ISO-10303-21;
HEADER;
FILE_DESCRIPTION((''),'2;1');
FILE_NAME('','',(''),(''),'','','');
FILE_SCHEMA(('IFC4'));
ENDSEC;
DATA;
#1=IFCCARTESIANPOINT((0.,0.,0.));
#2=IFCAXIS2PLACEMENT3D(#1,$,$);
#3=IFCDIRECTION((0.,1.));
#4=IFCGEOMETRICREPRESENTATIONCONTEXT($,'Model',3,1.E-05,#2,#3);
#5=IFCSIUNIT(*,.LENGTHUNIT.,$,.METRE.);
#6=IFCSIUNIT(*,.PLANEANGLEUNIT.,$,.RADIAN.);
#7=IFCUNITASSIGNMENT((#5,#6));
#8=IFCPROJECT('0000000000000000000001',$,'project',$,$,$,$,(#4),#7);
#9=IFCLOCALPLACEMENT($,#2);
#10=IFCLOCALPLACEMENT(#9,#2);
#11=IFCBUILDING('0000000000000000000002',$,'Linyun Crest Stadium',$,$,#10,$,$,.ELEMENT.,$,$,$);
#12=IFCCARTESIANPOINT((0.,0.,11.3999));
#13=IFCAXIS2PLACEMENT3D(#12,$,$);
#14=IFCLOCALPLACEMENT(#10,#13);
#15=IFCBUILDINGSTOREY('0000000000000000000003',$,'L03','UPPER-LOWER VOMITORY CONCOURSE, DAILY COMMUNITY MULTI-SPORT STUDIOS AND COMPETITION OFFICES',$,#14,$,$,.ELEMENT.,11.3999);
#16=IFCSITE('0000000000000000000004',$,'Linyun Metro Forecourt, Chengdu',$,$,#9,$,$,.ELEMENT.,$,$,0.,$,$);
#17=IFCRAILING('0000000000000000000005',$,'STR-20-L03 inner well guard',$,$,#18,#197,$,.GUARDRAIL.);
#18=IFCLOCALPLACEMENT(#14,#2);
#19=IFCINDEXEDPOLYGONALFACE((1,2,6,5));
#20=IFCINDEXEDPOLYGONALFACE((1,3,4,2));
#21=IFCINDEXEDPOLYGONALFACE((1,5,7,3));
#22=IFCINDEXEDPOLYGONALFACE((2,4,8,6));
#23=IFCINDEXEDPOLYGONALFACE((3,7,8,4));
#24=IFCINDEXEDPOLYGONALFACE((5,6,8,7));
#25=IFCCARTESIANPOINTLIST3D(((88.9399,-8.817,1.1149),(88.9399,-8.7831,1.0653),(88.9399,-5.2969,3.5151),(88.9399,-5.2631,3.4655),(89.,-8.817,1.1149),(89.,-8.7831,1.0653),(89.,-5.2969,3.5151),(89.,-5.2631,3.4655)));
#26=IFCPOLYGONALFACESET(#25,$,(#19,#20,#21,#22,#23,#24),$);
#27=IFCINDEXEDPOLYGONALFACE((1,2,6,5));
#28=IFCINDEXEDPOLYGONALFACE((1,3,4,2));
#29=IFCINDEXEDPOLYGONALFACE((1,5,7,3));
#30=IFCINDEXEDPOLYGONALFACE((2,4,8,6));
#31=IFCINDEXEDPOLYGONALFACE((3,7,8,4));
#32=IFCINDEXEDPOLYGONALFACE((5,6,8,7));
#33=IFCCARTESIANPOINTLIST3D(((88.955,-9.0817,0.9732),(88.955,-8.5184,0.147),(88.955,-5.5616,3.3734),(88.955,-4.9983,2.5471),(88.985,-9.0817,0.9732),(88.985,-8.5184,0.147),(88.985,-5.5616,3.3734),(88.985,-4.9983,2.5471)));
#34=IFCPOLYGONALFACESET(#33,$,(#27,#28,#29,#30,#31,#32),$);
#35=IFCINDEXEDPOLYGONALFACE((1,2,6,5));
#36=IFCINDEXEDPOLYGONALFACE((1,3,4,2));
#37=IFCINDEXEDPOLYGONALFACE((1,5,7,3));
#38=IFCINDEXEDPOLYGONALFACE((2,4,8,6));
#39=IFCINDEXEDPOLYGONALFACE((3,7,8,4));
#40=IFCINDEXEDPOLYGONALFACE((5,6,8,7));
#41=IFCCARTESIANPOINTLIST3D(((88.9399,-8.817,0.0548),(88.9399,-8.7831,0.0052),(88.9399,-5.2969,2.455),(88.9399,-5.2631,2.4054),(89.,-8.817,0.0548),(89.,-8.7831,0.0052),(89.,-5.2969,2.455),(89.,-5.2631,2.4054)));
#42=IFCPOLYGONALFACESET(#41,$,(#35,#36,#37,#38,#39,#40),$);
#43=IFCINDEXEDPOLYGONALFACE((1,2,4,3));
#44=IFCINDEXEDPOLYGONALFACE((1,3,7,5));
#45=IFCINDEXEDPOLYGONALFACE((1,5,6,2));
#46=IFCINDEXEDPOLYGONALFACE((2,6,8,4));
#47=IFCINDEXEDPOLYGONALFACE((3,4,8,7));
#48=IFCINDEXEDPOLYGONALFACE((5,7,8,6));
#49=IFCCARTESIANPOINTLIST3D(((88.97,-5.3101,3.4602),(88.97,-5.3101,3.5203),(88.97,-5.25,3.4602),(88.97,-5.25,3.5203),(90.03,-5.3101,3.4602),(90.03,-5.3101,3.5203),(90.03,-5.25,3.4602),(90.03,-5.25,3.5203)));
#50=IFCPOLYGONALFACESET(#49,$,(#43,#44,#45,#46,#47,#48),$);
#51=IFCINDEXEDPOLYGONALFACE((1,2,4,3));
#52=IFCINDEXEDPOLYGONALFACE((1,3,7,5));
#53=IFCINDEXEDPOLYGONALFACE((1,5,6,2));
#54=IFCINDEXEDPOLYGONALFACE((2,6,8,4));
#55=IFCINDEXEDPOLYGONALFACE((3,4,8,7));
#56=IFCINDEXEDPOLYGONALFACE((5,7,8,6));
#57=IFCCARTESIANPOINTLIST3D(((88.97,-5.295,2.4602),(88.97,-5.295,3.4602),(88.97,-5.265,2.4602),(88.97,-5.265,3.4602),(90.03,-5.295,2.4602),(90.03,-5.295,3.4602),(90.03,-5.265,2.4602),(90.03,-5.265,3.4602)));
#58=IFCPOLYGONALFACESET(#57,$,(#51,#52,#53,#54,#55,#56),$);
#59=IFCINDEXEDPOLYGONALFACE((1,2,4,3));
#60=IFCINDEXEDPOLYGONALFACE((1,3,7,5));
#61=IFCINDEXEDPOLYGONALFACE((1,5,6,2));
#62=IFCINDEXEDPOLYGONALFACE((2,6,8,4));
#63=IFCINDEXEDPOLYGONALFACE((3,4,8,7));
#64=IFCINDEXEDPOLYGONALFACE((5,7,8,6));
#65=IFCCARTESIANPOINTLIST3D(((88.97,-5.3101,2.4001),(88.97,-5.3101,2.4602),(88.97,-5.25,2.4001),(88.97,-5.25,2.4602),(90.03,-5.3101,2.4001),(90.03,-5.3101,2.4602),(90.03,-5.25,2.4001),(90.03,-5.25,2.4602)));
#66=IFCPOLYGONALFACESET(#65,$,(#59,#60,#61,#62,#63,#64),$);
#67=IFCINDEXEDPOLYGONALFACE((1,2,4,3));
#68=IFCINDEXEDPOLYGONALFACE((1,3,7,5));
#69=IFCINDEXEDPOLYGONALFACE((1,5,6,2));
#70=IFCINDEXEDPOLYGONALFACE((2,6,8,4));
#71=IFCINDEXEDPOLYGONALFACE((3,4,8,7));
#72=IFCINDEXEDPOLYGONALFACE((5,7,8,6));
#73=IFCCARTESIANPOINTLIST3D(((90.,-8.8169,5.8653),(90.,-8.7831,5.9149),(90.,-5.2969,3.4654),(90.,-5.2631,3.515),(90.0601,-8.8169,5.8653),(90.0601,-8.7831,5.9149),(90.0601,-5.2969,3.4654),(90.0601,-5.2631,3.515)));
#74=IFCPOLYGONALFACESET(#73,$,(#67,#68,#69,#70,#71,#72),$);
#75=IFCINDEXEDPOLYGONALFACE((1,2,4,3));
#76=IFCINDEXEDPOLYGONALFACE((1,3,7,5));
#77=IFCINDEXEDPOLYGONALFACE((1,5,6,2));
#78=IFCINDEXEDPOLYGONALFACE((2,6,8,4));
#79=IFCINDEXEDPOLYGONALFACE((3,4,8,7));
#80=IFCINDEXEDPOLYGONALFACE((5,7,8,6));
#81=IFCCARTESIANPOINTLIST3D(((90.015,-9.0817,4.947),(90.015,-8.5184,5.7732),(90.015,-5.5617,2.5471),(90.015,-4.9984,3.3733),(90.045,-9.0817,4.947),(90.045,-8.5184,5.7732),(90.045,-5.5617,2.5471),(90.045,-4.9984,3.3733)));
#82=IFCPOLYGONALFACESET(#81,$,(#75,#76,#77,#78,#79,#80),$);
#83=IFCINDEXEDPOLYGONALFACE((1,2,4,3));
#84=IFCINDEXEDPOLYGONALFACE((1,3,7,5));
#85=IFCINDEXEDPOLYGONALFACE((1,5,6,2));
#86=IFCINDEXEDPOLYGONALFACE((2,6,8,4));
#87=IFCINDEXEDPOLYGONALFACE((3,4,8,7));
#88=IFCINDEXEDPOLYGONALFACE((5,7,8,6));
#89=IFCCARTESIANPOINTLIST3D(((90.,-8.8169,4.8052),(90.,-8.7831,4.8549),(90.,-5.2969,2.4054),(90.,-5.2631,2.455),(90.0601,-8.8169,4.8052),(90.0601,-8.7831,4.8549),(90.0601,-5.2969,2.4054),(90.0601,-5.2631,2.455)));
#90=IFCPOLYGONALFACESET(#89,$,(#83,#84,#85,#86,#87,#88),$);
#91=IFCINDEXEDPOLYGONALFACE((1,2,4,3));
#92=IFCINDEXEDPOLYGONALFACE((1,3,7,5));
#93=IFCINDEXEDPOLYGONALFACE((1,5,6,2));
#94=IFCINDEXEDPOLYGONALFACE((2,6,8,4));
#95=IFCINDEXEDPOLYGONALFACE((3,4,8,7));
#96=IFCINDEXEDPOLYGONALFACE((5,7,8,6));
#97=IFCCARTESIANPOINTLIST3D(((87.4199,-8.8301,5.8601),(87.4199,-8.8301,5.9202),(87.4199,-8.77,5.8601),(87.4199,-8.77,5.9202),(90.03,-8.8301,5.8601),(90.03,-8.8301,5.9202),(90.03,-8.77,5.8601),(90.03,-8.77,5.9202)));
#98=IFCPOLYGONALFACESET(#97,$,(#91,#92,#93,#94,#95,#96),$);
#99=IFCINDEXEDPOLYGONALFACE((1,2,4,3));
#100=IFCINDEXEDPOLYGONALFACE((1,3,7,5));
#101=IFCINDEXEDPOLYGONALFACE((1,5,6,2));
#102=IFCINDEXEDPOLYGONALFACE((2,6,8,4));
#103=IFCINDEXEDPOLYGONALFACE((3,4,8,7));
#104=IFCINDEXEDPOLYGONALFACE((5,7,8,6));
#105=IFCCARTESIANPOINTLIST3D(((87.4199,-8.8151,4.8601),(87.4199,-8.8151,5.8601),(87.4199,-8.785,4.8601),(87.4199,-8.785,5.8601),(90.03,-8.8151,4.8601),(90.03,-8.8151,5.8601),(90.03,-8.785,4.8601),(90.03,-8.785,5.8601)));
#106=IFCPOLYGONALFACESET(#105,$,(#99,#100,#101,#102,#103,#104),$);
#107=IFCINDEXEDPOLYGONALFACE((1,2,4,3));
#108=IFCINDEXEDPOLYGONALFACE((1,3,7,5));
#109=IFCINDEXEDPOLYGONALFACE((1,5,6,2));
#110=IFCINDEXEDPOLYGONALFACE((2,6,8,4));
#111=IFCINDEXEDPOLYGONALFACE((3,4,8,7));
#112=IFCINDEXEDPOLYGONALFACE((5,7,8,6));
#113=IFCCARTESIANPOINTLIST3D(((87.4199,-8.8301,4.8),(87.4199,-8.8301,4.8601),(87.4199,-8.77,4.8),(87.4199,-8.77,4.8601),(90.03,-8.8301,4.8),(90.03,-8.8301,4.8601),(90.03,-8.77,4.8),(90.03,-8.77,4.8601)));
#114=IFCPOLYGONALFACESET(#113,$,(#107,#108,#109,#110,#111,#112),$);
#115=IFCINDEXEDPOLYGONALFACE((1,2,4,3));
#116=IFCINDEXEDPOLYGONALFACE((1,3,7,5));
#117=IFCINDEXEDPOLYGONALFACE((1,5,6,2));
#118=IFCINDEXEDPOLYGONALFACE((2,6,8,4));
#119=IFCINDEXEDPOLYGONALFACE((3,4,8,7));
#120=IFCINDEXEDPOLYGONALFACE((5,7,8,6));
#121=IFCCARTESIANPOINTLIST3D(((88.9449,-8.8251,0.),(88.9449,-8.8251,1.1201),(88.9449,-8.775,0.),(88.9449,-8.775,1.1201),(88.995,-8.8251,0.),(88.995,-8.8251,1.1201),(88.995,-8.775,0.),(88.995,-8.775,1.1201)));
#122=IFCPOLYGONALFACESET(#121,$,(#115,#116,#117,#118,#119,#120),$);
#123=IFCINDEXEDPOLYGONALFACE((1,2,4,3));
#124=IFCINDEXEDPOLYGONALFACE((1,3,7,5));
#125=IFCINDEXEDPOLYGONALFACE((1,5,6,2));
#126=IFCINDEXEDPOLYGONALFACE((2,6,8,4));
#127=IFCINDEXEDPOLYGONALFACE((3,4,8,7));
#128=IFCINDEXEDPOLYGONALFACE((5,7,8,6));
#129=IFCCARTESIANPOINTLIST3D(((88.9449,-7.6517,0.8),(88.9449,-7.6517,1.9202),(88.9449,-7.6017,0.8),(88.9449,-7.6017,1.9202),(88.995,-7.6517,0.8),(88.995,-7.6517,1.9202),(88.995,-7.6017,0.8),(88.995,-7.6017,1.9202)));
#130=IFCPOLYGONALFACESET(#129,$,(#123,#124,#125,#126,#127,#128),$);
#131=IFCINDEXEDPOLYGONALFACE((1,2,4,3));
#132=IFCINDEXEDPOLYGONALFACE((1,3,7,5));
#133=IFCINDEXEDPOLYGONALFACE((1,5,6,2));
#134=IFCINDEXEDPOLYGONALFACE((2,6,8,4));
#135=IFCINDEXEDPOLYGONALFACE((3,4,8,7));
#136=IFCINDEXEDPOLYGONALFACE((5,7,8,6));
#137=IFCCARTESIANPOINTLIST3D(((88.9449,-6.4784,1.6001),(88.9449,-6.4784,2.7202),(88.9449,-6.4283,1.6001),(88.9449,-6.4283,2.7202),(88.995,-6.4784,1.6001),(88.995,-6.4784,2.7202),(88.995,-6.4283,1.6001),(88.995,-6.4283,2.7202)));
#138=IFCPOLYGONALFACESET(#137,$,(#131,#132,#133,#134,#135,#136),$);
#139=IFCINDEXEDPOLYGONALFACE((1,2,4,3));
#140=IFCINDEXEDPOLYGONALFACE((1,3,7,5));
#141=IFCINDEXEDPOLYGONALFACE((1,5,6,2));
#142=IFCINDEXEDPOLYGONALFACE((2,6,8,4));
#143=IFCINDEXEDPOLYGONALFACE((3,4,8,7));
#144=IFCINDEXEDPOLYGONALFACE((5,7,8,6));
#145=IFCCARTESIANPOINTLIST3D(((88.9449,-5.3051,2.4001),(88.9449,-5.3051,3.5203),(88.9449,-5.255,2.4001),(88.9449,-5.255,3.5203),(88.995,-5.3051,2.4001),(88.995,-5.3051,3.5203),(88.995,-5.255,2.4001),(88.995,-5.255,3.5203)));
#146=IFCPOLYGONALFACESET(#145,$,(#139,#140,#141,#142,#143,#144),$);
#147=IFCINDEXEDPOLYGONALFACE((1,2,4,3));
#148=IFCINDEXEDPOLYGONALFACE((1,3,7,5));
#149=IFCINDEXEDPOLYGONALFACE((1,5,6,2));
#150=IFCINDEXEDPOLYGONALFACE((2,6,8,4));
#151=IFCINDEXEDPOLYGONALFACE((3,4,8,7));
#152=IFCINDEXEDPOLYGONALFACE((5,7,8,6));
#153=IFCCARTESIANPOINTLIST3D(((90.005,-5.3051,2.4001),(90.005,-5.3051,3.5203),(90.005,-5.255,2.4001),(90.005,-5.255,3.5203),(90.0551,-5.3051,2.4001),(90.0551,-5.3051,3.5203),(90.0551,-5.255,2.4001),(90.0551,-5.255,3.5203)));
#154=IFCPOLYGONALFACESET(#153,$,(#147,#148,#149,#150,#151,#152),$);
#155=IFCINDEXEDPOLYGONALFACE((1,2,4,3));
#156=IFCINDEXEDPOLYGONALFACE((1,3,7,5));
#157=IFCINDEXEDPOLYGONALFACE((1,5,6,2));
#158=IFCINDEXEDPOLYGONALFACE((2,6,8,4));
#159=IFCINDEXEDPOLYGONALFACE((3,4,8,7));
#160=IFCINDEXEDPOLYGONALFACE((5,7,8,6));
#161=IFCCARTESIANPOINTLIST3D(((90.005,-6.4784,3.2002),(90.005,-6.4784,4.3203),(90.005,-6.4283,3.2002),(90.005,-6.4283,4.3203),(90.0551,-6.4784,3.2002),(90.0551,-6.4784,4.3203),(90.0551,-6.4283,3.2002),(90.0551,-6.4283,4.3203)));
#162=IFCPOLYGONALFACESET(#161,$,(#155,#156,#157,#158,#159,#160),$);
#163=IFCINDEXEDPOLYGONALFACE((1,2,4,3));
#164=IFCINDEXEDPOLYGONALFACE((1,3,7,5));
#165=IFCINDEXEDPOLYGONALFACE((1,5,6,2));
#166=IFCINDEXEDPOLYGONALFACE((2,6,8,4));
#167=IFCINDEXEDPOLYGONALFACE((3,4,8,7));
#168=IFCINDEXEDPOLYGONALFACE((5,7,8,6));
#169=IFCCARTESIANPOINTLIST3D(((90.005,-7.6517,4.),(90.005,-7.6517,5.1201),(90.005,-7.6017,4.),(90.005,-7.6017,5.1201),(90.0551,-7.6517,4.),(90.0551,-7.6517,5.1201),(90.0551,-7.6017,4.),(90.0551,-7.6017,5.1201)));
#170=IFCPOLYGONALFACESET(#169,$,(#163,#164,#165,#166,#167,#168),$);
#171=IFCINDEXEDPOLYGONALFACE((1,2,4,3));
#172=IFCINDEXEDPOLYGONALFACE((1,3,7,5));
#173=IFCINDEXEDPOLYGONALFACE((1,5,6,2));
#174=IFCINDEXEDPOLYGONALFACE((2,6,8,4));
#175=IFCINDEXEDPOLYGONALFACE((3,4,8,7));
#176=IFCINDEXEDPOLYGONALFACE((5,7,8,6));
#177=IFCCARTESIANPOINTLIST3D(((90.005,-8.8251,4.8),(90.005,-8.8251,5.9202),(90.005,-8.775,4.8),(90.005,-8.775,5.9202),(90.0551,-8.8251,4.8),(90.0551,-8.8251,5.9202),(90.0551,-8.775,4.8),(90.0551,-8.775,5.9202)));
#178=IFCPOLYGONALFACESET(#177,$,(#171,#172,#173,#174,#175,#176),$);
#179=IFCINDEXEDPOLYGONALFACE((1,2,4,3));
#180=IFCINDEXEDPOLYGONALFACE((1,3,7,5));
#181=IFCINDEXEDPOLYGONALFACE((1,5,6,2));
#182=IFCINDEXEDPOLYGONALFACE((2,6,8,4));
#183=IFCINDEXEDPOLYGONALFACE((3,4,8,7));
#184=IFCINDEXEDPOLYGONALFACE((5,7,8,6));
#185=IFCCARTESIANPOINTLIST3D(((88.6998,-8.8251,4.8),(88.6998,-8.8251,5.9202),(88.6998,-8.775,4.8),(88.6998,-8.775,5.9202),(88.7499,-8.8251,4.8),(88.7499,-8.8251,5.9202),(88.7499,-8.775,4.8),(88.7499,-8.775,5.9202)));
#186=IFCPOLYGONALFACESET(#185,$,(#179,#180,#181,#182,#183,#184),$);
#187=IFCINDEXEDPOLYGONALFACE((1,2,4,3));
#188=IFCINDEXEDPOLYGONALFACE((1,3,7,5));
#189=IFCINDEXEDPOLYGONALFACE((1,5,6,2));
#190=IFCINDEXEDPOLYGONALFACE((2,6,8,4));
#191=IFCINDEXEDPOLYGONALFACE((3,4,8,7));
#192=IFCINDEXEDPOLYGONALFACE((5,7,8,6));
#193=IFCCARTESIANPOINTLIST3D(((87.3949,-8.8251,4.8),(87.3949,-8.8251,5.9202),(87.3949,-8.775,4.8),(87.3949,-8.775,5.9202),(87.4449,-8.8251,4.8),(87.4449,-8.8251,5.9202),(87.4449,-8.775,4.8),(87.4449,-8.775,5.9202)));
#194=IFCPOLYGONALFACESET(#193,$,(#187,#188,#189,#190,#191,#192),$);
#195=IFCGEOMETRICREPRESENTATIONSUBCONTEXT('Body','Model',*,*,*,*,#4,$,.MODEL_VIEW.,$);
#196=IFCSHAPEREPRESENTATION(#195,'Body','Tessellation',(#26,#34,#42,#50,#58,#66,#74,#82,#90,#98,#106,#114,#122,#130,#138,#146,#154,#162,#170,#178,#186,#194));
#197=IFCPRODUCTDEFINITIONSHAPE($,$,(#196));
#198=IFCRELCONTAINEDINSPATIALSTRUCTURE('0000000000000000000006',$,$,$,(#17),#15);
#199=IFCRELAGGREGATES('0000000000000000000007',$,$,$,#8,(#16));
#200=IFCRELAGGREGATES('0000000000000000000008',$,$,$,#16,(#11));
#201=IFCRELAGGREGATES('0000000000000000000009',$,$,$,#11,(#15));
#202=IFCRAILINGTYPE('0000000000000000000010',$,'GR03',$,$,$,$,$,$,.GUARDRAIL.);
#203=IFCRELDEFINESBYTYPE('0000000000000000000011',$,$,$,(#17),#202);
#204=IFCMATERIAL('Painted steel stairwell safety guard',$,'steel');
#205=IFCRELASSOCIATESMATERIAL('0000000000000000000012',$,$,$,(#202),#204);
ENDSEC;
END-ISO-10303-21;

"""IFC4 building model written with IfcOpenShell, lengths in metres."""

from ifc_helpers import new_model, si_unit, direction, frame, origin, origin_2d, place, context, subcontext, project, spatial, rectangle, extrude, material, type_object, element, save


model = new_model("IFC4")

# Units and contexts
model_context = context("Model", 3, precision=1e-05, world=origin(), true_north=direction((0.0, 1.0)))
body_context = subcontext(model_context, "Body", "Model", "MODEL_VIEW")
ifc_project = project(units=[si_unit("LENGTHUNIT", "METRE"), si_unit("PLANEANGLEUNIT", "RADIAN")], contexts=[model_context])

# Site, building, storey
site_placement = place(None, origin())
site = spatial("IfcSite", under=ifc_project, at=site_placement, Name="Linyun Metro Forecourt, Chengdu", CompositionType="ELEMENT", RefElevation=0.0)
building_placement = place(site_placement, origin())
building = spatial("IfcBuilding", under=site, at=building_placement, Name="Linyun Crest Stadium", CompositionType="ELEMENT")
storey_placement = place(building_placement, frame((0.0, 0.0, 11.3999)))
storey = spatial("IfcBuildingStorey", under=building, at=storey_placement, Name="L03", Description="UPPER-LOWER VOMITORY CONCOURSE, DAILY COMMUNITY MULTI-SPORT STUDIOS AND COMPETITION OFFICES", CompositionType="ELEMENT", Elevation=11.3999)

# Railing
ifc_material_1 = material(Name="Painted steel stairwell safety guard", Category="steel")
railing_type_1 = type_object("IfcRailingType", Name="GR03", PredefinedType="GUARDRAIL", material=ifc_material_1)
railing_1_placement = place(storey_placement, frame((88.97, -8.8, 0.0)))
element("IfcRailing", 1, at=railing_1_placement, inside=storey, type_object=railing_type_1, Name="STR-20-L03 inner well guard", PredefinedType="GUARDRAIL", context=body_context, shape_type="SweptSolid", body=[
    extrude(rectangle(XDim=0.0601, YDim=0.0601, at=origin_2d()), frame((0.0, 0.0, 1.0901), z_axis=(0.0, 0.826213, 0.563358), x_axis=(-1.0, 0.0, 0.0)), (0.0, 0.0, 1.0), 4.2605),
    extrude(rectangle(XDim=0.03, YDim=1.0, at=origin_2d()), frame((0.0, 0.0, 0.5601), z_axis=(0.0, 0.826213, 0.563358), x_axis=(-1.0, 0.0, 0.0)), (0.0, 0.0, 1.0), 4.2605),
    extrude(rectangle(XDim=0.0601, YDim=0.0601, at=origin_2d()), frame((0.0, 0.0, 0.03), z_axis=(0.0, 0.826213, 0.563358), x_axis=(-1.0, 0.0, 0.0)), (0.0, 0.0, 1.0), 4.2605),
    extrude(rectangle(XDim=0.0601, YDim=0.0601, at=origin_2d()), frame((0.0, 3.52, 3.4902), z_axis=(1.0, 0.0, 0.0), x_axis=(0.0, 1.0, 0.0)), (0.0, 0.0, 1.0), 1.0601),
    extrude(rectangle(XDim=0.03, YDim=1.0, at=origin_2d()), frame((0.0, 3.52, 2.9602), z_axis=(1.0, 0.0, 0.0), x_axis=(0.0, 1.0, 0.0)), (0.0, 0.0, 1.0), 1.0601),
    extrude(rectangle(XDim=0.0601, YDim=0.0601, at=origin_2d()), frame((0.0, 3.52, 2.4302), z_axis=(1.0, 0.0, 0.0), x_axis=(0.0, 1.0, 0.0)), (0.0, 0.0, 1.0), 1.0601),
    extrude(rectangle(XDim=0.0601, YDim=0.0601, at=origin_2d()), frame((1.0601, 3.52, 3.4902), z_axis=(0.0, -0.826239, 0.563319), x_axis=(1.0, 0.0, 0.0)), (0.0, 0.0, 1.0), 4.2603),
    extrude(rectangle(XDim=0.03, YDim=1.0, at=origin_2d()), frame((1.0601, 3.52, 2.9602), z_axis=(0.0, -0.826239, 0.563319), x_axis=(1.0, 0.0, 0.0)), (0.0, 0.0, 1.0), 4.2603),
    extrude(rectangle(XDim=0.0601, YDim=0.0601, at=origin_2d()), frame((1.0601, 3.52, 2.4302), z_axis=(0.0, -0.826239, 0.563319), x_axis=(1.0, 0.0, 0.0)), (0.0, 0.0, 1.0), 4.2603),
    extrude(rectangle(XDim=0.0601, YDim=0.0601, at=origin_2d()), frame((1.0601, 0.0, 5.8901), z_axis=(-1.0, 0.0, 0.0), x_axis=(0.0, -1.0, 0.0)), (0.0, 0.0, 1.0), 2.6101),
    extrude(rectangle(XDim=0.03, YDim=1.0, at=origin_2d()), frame((1.0601, 0.0, 5.3601), z_axis=(-1.0, 0.0, 0.0), x_axis=(0.0, -1.0, 0.0)), (0.0, 0.0, 1.0), 2.6101),
    extrude(rectangle(XDim=0.0601, YDim=0.0601, at=origin_2d()), frame((1.0601, 0.0, 4.8301), z_axis=(-1.0, 0.0, 0.0), x_axis=(0.0, -1.0, 0.0)), (0.0, 0.0, 1.0), 2.6101),
    extrude(rectangle(XDim=0.05, YDim=0.05, at=origin_2d()), origin(), (0.0, 0.0, 1.0), 1.1201),
    extrude(rectangle(XDim=0.05, YDim=0.05, at=origin_2d()), frame((0.0, 1.1733, 0.8)), (0.0, 0.0, 1.0), 1.1201),
    extrude(rectangle(XDim=0.05, YDim=0.05, at=origin_2d()), frame((0.0, 2.3467, 1.6001)), (0.0, 0.0, 1.0), 1.1201),
    extrude(rectangle(XDim=0.05, YDim=0.05, at=origin_2d()), frame((0.0, 3.52, 2.4001)), (0.0, 0.0, 1.0), 1.1201),
    extrude(rectangle(XDim=0.05, YDim=0.05, at=origin_2d()), frame((1.0601, 3.52, 2.4001)), (0.0, 0.0, 1.0), 1.1201),
    extrude(rectangle(XDim=0.05, YDim=0.05, at=origin_2d()), frame((1.0601, 2.3467, 3.2002)), (0.0, 0.0, 1.0), 1.1201),
    extrude(rectangle(XDim=0.05, YDim=0.05, at=origin_2d()), frame((1.0601, 1.1733, 4.0)), (0.0, 0.0, 1.0), 1.1201),
    extrude(rectangle(XDim=0.05, YDim=0.05, at=origin_2d()), frame((1.0601, 0.0, 4.8)), (0.0, 0.0, 1.0), 1.1201),
    extrude(rectangle(XDim=0.05, YDim=0.05, at=origin_2d()), frame((-0.2451, 0.0, 4.8)), (0.0, 0.0, 1.0), 1.1201),
    extrude(rectangle(XDim=0.05, YDim=0.05, at=origin_2d()), frame((-1.55, 0.0, 4.8)), (0.0, 0.0, 1.0), 1.1201),
])

save(model, "model.ifc")
